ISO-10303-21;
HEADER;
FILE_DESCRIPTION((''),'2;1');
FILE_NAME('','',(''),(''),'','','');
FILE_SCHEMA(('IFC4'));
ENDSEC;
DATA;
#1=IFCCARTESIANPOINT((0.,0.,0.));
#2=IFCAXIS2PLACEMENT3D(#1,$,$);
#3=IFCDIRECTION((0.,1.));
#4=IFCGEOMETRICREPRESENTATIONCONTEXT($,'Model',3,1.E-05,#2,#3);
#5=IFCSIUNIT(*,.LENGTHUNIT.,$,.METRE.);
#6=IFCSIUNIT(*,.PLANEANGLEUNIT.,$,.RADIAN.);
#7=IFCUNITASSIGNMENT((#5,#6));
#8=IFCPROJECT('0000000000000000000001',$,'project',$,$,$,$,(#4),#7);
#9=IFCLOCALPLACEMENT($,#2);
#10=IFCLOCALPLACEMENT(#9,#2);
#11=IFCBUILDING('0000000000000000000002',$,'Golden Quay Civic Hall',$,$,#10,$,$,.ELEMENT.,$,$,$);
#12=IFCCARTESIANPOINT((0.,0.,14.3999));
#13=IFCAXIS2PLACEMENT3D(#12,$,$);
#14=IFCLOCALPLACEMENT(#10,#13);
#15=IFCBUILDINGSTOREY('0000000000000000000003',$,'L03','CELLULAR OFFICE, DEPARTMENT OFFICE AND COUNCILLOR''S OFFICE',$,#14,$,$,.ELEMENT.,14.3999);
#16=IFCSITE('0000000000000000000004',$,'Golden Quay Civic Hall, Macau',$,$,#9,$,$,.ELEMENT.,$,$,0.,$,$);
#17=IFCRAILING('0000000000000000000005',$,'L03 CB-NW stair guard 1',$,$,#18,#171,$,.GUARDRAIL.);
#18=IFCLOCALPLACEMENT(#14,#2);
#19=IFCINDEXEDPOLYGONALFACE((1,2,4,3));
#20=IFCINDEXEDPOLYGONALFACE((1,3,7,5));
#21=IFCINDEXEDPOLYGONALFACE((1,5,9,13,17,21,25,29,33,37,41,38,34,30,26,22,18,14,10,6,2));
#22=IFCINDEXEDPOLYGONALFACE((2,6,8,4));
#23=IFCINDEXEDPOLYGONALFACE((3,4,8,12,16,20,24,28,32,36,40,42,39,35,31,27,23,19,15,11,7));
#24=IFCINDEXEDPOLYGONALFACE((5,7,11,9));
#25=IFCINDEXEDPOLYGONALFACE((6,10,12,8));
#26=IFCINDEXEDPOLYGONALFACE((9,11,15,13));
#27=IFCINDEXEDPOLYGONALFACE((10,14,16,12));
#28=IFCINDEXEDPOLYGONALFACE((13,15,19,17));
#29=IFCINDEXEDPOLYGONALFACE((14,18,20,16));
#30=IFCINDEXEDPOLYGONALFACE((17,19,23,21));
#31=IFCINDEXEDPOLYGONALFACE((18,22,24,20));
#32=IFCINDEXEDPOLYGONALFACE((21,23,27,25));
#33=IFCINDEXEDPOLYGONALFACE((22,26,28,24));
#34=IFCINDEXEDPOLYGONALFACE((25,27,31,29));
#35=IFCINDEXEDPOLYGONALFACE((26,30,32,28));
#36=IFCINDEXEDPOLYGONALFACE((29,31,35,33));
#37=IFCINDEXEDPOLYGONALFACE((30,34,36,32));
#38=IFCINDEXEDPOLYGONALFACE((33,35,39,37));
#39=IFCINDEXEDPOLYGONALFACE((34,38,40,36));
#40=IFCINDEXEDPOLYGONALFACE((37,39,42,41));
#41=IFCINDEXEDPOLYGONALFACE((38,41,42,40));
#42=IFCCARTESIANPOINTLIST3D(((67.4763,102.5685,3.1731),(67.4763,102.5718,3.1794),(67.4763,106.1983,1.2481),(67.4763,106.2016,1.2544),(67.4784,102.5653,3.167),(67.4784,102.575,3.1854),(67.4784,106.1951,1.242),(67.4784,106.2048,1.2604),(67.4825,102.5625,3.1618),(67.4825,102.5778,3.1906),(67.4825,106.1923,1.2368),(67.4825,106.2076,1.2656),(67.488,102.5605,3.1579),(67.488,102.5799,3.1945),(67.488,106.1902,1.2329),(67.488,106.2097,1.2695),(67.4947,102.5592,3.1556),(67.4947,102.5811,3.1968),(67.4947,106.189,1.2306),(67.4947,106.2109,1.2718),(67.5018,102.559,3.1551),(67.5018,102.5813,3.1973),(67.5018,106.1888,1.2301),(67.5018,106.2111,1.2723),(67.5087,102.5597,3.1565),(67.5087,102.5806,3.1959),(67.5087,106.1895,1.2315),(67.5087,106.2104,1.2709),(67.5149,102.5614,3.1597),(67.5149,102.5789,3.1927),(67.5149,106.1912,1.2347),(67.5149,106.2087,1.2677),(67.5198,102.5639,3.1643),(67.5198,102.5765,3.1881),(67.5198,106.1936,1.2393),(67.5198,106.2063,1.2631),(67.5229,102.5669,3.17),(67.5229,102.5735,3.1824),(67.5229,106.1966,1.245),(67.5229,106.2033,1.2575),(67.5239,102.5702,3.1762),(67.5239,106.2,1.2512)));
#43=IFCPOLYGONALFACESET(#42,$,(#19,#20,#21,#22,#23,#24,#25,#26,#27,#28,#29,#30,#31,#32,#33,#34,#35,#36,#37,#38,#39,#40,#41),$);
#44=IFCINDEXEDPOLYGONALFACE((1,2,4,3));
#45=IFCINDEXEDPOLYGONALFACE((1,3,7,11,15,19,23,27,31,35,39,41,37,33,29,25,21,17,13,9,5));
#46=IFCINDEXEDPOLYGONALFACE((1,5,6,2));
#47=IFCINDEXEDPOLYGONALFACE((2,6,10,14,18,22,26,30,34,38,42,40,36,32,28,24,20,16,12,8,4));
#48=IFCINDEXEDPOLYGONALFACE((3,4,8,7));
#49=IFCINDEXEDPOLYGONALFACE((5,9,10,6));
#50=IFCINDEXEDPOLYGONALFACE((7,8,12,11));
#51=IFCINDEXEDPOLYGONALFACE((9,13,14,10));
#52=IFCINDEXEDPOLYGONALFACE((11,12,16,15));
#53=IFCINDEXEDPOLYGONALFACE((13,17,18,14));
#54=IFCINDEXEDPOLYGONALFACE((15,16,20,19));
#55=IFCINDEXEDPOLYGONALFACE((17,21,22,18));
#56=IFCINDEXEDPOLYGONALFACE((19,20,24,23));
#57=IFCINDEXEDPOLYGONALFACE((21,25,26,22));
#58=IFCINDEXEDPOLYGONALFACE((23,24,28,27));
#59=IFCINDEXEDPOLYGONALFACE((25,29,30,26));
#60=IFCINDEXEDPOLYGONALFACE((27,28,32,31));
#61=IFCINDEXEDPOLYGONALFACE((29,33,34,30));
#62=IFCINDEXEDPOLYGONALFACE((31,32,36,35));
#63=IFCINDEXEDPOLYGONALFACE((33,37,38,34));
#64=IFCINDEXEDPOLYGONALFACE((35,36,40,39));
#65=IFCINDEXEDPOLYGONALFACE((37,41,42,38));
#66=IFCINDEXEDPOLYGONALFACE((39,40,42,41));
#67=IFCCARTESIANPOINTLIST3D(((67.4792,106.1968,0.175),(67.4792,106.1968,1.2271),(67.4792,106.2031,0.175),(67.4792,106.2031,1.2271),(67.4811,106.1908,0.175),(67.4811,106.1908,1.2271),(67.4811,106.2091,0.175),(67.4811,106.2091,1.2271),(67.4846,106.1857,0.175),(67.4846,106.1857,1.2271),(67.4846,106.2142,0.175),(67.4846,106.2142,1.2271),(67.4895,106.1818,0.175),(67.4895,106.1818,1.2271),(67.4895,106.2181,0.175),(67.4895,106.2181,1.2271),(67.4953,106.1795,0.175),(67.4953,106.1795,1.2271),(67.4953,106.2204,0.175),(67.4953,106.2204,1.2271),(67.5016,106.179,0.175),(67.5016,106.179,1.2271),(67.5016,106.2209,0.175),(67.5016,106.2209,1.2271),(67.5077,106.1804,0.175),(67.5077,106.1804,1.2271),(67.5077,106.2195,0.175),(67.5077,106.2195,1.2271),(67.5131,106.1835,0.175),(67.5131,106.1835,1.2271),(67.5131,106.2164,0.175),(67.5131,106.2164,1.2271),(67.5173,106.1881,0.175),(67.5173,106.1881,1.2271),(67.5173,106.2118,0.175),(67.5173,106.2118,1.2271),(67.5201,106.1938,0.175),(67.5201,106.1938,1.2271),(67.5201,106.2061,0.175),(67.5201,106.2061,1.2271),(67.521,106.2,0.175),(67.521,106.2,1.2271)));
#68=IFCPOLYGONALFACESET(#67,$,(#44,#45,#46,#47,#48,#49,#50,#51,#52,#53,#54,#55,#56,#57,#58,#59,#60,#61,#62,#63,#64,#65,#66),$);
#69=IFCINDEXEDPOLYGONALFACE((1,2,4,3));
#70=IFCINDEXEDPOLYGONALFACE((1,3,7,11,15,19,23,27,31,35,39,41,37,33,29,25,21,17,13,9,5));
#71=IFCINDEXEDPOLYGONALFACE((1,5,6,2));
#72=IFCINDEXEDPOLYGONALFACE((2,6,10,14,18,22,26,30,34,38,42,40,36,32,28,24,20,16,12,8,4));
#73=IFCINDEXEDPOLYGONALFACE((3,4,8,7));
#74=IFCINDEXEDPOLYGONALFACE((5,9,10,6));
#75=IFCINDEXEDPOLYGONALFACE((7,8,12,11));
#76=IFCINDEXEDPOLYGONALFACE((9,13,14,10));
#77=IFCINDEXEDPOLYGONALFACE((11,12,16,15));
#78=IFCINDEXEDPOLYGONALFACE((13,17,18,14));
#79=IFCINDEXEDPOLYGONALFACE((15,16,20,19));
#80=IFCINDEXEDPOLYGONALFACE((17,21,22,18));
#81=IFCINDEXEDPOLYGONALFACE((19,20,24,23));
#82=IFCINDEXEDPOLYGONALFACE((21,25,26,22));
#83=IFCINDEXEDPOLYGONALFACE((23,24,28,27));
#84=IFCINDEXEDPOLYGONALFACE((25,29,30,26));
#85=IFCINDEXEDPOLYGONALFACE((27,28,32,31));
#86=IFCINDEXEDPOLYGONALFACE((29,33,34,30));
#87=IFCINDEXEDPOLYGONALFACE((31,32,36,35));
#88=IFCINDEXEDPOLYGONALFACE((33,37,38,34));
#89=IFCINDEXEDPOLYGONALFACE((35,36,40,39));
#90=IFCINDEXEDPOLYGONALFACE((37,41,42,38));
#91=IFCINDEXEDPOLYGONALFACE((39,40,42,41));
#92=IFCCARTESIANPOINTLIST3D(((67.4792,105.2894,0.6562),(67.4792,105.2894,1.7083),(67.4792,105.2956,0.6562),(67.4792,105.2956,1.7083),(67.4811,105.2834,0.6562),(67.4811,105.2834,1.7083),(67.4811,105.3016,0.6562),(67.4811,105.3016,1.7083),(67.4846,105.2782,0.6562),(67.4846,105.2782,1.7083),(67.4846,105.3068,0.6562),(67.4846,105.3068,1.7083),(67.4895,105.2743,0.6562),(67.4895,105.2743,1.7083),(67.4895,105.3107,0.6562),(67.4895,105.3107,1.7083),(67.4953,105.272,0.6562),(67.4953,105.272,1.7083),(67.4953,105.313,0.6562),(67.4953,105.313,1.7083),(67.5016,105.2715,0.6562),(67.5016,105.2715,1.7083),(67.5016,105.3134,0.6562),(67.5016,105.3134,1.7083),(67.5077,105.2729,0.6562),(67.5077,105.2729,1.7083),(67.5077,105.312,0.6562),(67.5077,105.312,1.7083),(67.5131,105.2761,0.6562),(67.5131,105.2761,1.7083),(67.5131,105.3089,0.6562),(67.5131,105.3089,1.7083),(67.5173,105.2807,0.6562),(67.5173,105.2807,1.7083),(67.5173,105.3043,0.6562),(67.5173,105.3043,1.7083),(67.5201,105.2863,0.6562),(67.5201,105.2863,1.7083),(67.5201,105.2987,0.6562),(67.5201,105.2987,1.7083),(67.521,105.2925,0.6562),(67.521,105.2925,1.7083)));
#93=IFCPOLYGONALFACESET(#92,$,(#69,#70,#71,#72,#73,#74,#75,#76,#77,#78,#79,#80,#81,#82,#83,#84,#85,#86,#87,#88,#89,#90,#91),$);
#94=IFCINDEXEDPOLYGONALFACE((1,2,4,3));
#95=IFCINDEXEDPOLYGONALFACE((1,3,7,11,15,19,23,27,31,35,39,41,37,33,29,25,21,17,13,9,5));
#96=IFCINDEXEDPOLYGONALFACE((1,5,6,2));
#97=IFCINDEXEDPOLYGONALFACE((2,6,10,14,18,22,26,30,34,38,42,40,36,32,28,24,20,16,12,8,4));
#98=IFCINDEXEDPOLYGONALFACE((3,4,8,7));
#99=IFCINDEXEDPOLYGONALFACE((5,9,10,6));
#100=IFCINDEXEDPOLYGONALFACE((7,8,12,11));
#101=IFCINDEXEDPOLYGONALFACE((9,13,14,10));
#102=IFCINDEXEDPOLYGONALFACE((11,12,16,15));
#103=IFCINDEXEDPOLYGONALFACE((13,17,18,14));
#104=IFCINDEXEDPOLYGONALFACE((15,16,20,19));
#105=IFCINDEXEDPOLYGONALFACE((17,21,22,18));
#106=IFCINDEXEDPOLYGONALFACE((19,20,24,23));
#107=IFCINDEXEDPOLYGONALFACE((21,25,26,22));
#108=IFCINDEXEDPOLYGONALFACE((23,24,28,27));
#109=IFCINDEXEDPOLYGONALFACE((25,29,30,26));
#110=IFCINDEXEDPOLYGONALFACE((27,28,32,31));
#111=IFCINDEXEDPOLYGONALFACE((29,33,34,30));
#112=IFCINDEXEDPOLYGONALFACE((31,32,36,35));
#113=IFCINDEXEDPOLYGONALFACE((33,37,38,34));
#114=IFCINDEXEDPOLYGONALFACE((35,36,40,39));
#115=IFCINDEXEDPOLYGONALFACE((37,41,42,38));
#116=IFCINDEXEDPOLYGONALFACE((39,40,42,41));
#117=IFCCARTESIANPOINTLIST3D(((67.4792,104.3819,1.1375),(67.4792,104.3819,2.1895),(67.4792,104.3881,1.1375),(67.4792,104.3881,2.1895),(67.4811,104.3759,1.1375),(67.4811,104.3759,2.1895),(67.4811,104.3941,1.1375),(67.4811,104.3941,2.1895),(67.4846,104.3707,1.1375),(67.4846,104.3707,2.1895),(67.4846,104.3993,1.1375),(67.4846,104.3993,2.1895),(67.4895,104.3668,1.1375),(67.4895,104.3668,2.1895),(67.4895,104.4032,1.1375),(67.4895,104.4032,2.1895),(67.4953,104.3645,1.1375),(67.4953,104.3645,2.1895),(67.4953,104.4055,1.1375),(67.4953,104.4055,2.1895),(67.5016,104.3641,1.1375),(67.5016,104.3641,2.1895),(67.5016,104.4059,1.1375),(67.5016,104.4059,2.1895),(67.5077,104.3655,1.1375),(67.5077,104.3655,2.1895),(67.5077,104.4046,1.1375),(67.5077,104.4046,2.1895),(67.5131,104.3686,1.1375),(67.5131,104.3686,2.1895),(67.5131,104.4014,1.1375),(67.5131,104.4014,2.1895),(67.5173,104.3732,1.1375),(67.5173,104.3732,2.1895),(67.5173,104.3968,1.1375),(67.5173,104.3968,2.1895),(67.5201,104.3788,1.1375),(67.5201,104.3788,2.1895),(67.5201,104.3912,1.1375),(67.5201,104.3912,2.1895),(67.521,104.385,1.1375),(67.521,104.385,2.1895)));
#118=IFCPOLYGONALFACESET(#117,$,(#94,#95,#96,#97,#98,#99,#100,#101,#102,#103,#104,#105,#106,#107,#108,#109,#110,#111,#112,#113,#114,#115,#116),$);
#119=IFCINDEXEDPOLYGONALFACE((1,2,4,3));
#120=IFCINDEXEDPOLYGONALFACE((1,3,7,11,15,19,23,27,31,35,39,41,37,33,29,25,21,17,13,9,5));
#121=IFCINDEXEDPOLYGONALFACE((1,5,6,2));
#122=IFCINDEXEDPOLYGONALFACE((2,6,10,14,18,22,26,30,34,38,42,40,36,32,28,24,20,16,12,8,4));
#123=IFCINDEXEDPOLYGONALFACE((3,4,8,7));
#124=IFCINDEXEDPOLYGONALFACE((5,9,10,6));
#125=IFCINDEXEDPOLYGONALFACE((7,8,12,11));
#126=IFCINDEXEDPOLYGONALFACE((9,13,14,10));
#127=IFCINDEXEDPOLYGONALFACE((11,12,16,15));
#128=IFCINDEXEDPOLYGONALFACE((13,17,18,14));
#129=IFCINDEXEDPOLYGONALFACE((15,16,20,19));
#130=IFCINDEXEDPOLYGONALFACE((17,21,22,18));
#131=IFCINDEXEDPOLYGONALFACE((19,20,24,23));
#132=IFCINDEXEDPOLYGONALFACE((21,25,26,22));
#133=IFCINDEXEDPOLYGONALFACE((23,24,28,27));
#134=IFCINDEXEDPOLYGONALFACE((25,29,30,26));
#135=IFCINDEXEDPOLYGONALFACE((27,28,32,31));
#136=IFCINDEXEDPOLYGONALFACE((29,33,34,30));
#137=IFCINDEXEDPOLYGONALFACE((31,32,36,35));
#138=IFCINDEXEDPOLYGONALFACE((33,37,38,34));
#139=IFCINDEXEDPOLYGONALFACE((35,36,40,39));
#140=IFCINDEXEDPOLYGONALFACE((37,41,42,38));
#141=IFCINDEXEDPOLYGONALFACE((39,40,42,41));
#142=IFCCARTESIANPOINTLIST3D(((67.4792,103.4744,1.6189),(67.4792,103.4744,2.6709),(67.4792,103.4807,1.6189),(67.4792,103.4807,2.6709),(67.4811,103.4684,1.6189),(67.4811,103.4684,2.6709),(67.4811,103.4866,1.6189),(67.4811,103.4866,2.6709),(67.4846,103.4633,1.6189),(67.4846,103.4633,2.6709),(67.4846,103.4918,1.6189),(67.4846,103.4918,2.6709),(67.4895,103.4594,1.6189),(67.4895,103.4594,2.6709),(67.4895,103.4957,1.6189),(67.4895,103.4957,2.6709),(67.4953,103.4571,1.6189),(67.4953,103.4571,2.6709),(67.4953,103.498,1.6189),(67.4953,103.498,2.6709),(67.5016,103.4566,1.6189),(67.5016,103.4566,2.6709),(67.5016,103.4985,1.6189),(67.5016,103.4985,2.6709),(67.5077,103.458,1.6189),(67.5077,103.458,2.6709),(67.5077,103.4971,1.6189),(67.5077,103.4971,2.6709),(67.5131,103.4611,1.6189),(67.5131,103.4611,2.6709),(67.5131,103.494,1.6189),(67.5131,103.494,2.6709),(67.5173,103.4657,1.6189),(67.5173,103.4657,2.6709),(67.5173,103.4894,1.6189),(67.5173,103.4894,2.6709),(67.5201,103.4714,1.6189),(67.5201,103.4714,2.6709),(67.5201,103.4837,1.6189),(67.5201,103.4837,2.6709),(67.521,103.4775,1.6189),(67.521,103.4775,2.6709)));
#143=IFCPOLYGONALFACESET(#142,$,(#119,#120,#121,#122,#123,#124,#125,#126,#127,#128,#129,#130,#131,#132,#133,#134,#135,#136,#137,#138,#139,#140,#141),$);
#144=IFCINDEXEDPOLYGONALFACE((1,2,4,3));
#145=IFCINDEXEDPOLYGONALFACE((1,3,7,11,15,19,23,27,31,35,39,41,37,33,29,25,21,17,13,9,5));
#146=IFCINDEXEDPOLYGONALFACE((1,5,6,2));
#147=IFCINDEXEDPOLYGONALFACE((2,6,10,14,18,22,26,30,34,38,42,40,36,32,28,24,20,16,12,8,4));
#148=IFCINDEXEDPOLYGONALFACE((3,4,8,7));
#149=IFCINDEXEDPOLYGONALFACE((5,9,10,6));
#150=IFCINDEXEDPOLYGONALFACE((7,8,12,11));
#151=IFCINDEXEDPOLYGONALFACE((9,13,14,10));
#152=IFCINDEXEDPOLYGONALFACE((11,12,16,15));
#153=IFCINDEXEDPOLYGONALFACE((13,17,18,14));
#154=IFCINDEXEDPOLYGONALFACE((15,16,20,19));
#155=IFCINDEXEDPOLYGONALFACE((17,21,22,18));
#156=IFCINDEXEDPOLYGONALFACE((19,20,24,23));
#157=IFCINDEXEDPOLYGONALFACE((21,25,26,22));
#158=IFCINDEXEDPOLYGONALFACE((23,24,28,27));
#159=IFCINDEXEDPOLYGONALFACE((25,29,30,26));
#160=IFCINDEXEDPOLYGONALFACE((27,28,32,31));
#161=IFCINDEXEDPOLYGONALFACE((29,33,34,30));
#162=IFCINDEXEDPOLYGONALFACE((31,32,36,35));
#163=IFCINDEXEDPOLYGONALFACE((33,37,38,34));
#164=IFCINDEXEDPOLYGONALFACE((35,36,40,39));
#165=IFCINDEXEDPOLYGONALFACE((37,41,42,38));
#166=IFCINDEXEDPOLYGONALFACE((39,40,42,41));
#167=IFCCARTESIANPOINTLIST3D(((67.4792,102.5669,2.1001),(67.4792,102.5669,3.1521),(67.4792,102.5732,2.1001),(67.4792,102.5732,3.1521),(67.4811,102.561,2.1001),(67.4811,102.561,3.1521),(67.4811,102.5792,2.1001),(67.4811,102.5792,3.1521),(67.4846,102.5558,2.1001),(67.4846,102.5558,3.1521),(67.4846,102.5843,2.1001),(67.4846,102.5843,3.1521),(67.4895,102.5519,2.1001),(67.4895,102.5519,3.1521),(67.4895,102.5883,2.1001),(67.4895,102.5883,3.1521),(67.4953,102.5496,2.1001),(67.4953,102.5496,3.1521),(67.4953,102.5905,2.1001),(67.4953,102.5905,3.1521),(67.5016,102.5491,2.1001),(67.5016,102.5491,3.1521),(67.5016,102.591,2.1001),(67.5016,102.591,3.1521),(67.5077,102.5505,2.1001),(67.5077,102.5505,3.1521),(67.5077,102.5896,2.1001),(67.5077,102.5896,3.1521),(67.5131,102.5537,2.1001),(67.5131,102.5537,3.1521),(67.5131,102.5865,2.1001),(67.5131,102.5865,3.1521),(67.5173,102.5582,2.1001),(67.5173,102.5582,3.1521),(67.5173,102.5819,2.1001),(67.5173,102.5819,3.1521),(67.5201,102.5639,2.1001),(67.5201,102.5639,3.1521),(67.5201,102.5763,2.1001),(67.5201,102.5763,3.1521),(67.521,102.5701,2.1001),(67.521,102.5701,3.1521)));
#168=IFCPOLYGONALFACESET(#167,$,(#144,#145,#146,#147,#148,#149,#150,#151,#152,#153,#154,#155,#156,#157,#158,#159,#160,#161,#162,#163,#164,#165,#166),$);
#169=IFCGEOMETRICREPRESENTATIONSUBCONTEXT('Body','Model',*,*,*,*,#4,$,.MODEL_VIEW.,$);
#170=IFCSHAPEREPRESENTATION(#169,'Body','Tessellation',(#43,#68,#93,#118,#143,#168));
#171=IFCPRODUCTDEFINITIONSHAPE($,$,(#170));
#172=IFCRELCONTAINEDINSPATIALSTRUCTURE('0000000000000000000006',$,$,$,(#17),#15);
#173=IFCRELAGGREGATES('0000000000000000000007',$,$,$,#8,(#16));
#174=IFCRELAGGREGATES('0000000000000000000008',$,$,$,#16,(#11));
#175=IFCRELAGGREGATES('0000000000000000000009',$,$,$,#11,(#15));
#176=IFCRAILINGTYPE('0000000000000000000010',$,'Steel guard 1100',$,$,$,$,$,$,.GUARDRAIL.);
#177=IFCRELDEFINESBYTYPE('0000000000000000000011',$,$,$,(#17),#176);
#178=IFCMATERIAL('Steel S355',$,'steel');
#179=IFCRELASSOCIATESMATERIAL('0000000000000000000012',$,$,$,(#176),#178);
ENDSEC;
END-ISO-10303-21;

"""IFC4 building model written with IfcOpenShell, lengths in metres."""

from ifc_helpers import new_model, si_unit, direction, frame, origin, origin_2d, place, context, subcontext, project, spatial, circle, extrude, material, type_object, element, save


model = new_model("IFC4")

# Units and contexts
model_context = context("Model", 3, precision=1e-05, world=origin(), true_north=direction((0.0, 1.0)))
body_context = subcontext(model_context, "Body", "Model", "MODEL_VIEW")
ifc_project = project(units=[si_unit("LENGTHUNIT", "METRE"), si_unit("PLANEANGLEUNIT", "RADIAN")], contexts=[model_context])

# Site, building, storey
site_placement = place(None, origin())
site = spatial("IfcSite", under=ifc_project, at=site_placement, Name="Golden Quay Civic Hall, Macau", CompositionType="ELEMENT", RefElevation=0.0)
building_placement = place(site_placement, origin())
building = spatial("IfcBuilding", under=site, at=building_placement, Name="Golden Quay Civic Hall", CompositionType="ELEMENT")
storey_placement = place(building_placement, frame((0.0, 0.0, 14.3999)))
storey = spatial("IfcBuildingStorey", under=building, at=storey_placement, Name="L03", Description="CELLULAR OFFICE, DEPARTMENT OFFICE AND COUNCILLOR'S OFFICE", CompositionType="ELEMENT", Elevation=14.3999)

# Railing
ifc_material_1 = material(Name="Steel S355", Category="steel")
railing_type_1 = type_object("IfcRailingType", Name="Steel guard 1100", PredefinedType="GUARDRAIL", material=ifc_material_1)
railing_1_placement = place(storey_placement, frame((67.5, 106.2, 0.175)))
element("IfcRailing", 1, at=railing_1_placement, inside=storey, type_object=railing_type_1, Name="L03 CB-NW stair guard 1", PredefinedType="GUARDRAIL", context=body_context, shape_type="SweptSolid", body=[
    extrude(circle(Radius=0.0239, at=origin_2d()), frame((0.0, 0.0, 1.0762), z_axis=(0.0, -0.883451, 0.468524), x_axis=(1.0, 0.0, 0.0)), (0.0, 0.0, 1.0), 4.1086),
    extrude(circle(Radius=0.021, at=origin_2d()), origin(), (0.0, 0.0, 1.0), 1.052),
    extrude(circle(Radius=0.021, at=origin_2d()), frame((0.0, -0.9075, 0.4812)), (0.0, 0.0, 1.0), 1.052),
    extrude(circle(Radius=0.021, at=origin_2d()), frame((0.0, -1.8149, 0.9624)), (0.0, 0.0, 1.0), 1.052),
    extrude(circle(Radius=0.021, at=origin_2d()), frame((0.0, -2.7224, 1.4438)), (0.0, 0.0, 1.0), 1.052),
    extrude(circle(Radius=0.021, at=origin_2d()), frame((0.0, -3.6299, 1.925)), (0.0, 0.0, 1.0), 1.052),
])

save(model, "model.ifc")
